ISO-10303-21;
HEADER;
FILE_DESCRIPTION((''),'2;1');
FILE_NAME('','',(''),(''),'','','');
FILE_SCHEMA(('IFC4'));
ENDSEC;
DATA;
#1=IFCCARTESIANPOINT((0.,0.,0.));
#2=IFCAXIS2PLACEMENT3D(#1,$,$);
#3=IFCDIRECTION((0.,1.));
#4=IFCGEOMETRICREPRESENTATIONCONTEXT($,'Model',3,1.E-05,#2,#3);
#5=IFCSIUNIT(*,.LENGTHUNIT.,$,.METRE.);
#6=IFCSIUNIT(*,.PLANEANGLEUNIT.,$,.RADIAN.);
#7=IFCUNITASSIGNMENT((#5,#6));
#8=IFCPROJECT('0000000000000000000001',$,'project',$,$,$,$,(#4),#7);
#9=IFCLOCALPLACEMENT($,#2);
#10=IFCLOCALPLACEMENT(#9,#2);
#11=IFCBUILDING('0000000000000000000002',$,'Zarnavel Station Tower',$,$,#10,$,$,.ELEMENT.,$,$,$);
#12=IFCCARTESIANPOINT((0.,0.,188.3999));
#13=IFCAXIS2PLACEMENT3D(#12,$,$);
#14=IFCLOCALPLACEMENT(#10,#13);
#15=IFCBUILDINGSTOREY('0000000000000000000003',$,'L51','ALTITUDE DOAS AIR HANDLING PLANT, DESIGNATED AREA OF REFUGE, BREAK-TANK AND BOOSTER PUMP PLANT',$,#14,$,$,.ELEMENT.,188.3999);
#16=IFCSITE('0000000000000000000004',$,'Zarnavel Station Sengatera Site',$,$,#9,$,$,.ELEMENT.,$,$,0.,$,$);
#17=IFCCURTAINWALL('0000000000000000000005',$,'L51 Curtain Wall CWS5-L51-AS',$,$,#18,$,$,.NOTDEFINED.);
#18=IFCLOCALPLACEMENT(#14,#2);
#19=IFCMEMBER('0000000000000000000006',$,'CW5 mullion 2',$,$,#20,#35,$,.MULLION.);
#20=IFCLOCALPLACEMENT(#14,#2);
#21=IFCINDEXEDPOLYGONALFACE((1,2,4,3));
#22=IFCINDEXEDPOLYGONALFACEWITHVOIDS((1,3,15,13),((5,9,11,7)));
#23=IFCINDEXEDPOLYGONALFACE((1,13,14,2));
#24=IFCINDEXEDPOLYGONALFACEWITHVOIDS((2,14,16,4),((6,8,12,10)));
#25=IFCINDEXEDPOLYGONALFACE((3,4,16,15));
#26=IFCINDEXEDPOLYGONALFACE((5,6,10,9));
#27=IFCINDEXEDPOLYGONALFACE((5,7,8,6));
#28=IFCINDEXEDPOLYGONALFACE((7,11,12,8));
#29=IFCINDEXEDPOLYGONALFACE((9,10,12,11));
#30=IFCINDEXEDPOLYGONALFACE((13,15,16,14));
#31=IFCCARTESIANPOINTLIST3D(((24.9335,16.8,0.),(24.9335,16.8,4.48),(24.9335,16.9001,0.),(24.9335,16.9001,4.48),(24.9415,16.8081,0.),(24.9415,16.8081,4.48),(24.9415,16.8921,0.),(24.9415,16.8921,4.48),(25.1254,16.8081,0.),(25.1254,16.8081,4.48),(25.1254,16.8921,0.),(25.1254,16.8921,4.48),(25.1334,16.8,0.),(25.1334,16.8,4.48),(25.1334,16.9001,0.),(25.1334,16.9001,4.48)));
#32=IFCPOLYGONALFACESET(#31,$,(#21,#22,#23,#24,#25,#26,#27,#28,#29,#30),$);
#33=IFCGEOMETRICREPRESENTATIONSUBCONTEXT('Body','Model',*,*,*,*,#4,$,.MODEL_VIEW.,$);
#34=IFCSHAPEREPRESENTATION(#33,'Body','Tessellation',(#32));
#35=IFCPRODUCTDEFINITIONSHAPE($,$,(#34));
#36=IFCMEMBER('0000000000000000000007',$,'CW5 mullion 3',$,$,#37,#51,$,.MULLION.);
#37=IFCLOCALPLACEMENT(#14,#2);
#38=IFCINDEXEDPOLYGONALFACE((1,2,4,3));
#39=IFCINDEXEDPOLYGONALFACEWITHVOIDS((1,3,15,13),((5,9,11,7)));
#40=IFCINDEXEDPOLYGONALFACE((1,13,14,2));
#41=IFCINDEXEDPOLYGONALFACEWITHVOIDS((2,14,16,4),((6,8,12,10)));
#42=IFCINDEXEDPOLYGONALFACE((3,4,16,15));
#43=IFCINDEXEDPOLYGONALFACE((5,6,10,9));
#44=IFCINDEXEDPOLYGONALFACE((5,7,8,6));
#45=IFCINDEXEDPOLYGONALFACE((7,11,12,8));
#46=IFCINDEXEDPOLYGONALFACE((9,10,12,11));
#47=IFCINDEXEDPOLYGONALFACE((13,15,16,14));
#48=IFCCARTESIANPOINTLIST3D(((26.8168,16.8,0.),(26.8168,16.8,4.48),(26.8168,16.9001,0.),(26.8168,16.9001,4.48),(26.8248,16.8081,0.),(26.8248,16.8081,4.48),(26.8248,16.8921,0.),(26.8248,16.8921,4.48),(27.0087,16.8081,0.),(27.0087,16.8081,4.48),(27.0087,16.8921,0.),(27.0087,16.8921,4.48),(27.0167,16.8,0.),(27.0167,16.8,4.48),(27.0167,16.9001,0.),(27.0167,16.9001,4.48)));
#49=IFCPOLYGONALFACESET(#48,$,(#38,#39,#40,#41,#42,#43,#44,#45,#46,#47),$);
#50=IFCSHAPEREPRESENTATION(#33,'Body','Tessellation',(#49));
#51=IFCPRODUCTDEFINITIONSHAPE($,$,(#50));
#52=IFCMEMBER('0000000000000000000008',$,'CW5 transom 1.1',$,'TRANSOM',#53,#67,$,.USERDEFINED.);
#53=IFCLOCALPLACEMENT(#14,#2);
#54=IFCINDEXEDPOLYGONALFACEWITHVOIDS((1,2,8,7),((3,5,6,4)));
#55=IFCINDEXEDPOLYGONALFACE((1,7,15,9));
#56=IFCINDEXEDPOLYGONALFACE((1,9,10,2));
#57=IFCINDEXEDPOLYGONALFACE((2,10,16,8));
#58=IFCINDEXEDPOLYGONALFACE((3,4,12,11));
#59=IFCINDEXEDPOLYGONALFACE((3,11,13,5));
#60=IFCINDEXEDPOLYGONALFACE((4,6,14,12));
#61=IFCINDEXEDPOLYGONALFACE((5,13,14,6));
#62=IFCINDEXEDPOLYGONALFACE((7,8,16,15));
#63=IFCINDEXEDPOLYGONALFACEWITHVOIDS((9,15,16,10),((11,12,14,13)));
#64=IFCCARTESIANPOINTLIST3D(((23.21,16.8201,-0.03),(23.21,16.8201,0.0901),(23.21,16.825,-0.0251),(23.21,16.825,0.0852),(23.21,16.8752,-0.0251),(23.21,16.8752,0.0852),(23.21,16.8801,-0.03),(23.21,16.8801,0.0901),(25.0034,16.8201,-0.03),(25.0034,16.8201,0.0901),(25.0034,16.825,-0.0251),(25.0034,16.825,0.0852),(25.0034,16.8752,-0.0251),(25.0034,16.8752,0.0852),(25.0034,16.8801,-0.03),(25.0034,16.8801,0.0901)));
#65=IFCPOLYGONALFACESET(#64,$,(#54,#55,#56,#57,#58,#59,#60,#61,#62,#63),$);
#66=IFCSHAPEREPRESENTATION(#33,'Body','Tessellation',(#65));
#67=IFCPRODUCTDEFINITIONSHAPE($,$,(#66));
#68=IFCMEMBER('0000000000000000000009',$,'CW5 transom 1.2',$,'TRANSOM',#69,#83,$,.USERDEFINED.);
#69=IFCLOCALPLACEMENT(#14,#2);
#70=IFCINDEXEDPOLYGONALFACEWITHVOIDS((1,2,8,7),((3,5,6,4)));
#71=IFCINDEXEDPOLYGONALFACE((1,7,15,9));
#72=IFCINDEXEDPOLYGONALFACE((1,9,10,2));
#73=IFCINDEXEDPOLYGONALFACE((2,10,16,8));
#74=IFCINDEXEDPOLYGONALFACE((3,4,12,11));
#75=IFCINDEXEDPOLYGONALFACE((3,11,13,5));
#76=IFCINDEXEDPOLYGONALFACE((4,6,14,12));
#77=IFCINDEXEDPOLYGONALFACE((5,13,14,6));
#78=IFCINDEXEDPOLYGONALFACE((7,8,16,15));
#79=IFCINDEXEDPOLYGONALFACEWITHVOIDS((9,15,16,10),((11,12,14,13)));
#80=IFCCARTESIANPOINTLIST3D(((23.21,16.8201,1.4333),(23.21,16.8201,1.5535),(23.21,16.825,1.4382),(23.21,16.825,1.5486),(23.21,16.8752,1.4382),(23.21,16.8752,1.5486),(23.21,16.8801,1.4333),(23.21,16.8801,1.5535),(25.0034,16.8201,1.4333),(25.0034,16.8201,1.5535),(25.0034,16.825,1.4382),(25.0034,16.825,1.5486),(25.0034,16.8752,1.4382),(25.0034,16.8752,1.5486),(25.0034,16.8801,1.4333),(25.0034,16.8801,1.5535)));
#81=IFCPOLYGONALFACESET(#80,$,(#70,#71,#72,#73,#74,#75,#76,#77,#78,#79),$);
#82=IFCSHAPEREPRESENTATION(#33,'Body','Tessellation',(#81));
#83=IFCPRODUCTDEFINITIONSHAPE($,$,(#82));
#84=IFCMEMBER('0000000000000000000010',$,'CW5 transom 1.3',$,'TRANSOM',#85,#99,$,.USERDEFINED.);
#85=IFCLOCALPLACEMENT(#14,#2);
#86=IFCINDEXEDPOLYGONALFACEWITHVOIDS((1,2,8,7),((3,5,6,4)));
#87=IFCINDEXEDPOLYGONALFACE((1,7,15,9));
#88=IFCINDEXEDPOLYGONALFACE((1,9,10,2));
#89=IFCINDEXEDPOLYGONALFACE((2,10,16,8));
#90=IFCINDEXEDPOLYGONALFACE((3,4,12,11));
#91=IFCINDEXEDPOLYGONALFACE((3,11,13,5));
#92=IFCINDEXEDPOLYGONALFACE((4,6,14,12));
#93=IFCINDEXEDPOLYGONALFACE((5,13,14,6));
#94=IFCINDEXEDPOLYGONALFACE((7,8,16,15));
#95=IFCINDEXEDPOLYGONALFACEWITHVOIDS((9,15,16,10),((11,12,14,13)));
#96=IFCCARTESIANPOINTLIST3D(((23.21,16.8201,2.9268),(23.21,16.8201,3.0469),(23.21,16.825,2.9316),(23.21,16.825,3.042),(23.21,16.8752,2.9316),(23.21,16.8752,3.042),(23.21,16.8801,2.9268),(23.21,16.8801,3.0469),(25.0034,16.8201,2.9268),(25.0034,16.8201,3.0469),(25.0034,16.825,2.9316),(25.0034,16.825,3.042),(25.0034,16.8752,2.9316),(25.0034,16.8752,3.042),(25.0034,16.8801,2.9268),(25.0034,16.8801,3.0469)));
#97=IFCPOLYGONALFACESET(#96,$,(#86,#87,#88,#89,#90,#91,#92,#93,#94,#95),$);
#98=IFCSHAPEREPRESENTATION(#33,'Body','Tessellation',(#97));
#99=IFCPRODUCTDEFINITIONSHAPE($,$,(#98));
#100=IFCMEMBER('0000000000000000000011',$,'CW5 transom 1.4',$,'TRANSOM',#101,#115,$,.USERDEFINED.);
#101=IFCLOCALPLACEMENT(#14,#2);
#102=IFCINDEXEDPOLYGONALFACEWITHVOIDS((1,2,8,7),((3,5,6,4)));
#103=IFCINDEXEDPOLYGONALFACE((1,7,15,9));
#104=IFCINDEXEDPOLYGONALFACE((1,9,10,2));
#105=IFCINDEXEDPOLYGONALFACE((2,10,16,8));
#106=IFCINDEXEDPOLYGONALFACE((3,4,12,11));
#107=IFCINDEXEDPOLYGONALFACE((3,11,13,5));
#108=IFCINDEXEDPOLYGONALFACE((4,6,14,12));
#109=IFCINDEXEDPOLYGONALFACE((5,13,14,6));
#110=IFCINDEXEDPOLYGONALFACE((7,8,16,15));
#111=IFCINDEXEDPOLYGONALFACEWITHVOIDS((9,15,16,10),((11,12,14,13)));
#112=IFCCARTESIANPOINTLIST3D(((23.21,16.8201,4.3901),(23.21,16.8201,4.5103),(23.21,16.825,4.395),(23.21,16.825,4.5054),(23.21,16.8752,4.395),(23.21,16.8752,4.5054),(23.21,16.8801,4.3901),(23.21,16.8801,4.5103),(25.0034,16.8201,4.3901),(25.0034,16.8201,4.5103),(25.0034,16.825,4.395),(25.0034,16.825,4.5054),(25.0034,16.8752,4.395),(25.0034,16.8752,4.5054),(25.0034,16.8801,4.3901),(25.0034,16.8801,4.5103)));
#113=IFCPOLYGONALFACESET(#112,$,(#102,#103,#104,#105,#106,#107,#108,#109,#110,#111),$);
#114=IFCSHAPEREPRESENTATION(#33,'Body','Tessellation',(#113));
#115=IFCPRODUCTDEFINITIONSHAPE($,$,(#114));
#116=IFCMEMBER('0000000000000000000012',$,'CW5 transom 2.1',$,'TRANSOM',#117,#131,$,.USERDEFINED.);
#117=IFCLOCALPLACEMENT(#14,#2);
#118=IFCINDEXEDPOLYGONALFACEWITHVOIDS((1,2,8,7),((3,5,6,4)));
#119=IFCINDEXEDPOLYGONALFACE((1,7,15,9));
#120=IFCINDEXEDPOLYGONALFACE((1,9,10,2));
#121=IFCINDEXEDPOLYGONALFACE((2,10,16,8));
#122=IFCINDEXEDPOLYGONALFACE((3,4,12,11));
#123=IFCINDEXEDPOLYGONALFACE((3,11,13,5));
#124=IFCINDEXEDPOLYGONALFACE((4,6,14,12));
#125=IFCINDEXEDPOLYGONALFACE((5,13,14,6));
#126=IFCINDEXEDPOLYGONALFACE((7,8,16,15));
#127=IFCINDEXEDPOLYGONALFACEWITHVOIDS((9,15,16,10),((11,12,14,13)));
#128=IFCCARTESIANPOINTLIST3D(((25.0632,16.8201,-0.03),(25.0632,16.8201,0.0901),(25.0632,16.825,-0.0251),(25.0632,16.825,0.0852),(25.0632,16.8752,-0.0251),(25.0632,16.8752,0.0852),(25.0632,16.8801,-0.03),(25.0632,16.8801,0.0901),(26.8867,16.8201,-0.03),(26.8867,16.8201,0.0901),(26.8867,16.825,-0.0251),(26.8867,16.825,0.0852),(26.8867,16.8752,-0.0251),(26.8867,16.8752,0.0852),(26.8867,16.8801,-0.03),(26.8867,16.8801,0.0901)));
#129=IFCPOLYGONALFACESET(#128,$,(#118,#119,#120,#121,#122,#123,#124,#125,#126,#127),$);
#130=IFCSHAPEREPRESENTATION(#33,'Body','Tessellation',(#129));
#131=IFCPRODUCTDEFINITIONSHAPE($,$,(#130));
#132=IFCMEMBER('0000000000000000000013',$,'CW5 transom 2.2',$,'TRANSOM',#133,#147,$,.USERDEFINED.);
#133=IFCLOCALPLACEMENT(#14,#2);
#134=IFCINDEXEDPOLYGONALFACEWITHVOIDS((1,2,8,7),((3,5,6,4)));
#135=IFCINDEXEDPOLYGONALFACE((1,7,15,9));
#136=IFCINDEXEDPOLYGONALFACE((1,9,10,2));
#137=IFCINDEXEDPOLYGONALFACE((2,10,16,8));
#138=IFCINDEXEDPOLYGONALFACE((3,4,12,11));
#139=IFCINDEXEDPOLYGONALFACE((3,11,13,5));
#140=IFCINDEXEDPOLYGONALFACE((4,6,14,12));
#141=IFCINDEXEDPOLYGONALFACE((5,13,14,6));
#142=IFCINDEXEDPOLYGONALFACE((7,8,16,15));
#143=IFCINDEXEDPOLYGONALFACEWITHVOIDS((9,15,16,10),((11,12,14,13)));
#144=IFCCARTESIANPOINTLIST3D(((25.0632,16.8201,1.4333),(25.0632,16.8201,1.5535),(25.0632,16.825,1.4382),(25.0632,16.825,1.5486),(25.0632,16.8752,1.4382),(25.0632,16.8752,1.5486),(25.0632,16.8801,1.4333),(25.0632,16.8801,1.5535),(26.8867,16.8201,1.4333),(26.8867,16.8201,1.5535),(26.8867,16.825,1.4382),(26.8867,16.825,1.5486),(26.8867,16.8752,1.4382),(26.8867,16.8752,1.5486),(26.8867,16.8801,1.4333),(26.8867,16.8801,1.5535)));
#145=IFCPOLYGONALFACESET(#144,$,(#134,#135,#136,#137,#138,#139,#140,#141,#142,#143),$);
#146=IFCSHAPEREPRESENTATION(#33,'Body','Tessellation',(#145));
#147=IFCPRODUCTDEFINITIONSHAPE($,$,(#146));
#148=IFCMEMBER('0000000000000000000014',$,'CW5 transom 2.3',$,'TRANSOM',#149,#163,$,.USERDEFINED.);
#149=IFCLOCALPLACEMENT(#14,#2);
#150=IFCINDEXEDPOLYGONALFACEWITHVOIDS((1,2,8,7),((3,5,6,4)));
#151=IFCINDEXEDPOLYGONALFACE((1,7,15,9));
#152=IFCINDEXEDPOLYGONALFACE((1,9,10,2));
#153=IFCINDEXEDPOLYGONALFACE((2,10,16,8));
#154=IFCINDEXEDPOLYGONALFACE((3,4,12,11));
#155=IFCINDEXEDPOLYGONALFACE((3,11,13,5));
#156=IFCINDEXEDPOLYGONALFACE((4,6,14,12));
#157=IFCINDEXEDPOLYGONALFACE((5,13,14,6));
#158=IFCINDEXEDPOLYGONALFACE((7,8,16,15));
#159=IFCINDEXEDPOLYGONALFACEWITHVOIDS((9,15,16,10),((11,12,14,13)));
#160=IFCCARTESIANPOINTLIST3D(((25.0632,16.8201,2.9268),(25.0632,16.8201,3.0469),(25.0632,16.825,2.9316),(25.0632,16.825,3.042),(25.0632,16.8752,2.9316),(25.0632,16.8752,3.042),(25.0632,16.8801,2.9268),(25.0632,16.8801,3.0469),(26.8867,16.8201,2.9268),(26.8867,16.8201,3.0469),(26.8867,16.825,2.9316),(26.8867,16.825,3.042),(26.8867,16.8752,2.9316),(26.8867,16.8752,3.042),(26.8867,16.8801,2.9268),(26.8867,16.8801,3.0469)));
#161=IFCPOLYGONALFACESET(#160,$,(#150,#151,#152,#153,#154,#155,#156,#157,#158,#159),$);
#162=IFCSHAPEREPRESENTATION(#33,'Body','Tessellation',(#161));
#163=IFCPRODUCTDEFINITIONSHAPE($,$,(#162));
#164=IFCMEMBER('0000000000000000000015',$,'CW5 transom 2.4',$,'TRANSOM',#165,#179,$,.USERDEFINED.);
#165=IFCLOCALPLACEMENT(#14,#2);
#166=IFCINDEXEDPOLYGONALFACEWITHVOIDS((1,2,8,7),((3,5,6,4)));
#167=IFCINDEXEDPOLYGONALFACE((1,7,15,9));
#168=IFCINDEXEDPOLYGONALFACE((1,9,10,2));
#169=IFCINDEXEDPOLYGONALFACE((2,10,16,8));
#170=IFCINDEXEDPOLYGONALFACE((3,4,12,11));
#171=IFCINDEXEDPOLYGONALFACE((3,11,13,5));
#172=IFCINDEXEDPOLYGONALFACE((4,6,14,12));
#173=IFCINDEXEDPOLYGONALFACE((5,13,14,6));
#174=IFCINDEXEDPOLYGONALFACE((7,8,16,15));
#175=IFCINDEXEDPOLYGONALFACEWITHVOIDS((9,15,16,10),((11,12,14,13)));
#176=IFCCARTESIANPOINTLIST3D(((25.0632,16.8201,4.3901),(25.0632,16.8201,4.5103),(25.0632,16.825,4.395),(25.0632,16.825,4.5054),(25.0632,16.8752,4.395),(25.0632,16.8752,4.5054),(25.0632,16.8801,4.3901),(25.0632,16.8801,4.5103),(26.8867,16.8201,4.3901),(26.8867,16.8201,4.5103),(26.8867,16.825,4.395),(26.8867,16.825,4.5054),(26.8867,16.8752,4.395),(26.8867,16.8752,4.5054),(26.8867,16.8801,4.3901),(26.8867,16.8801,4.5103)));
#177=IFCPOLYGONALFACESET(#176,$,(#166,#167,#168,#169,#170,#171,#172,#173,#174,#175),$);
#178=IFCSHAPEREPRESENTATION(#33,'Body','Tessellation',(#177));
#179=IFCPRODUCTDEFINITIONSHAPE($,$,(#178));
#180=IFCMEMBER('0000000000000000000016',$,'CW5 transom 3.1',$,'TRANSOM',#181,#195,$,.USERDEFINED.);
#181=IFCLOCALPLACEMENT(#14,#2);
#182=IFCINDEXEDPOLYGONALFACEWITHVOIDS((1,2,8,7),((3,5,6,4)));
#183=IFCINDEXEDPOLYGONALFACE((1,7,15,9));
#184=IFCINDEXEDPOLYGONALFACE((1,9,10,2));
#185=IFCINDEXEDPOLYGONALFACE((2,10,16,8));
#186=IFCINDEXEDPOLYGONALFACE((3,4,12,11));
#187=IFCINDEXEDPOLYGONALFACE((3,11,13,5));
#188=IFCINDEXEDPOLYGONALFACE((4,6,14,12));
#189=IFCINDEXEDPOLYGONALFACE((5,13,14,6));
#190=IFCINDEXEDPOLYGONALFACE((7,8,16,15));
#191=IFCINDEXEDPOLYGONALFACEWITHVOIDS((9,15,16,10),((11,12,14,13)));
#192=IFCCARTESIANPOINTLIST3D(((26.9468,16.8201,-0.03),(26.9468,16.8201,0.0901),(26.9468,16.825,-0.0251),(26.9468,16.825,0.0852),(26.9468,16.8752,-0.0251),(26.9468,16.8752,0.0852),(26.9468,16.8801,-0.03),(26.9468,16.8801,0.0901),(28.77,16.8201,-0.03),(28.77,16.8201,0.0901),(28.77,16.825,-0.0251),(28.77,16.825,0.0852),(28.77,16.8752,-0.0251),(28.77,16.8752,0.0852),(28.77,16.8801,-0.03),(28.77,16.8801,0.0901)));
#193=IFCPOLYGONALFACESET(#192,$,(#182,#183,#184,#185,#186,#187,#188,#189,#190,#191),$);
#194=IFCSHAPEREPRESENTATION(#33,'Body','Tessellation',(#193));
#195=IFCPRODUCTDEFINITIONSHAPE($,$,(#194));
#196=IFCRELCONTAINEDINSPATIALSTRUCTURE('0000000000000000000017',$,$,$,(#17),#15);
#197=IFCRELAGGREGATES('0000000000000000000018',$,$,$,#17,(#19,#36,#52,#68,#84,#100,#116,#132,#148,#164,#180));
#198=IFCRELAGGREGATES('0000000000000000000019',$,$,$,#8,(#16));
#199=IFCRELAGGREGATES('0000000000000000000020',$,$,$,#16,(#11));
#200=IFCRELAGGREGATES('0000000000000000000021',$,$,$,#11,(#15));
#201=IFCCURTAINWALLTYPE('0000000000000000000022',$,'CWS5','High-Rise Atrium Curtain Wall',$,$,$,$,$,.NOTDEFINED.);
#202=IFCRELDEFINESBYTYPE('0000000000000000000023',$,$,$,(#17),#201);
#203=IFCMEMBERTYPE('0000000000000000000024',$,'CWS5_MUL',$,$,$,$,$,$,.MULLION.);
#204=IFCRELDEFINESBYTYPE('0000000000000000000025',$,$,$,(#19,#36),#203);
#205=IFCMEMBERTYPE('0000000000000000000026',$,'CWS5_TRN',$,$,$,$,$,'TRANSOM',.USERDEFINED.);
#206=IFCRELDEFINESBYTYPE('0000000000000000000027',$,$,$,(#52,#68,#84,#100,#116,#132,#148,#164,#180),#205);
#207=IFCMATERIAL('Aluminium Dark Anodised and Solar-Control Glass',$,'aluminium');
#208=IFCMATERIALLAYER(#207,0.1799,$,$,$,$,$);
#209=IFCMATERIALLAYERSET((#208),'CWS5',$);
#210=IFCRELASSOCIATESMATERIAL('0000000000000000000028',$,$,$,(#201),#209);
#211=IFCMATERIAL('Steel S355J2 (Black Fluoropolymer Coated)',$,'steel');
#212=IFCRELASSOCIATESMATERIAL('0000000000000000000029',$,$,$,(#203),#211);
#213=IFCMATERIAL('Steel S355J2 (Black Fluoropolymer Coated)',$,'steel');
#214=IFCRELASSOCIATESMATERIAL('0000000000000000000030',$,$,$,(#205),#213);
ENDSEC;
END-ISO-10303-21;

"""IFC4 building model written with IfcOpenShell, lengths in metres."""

from ifc_helpers import new_model, si_unit, direction, frame, origin, origin_2d, place, context, subcontext, project, spatial, hollow_rectangle, extrude, material, layer, layer_set, material_profile, profile_set, type_object, element, aggregate, save


model = new_model("IFC4")

# Units and contexts
model_context = context("Model", 3, precision=1e-05, world=origin(), true_north=direction((0.0, 1.0)))
body_context = subcontext(model_context, "Body", "Model", "MODEL_VIEW")
ifc_project = project(units=[si_unit("LENGTHUNIT", "METRE"), si_unit("PLANEANGLEUNIT", "RADIAN")], contexts=[model_context])

# Site, building, storey
site_placement = place(None, origin())
site = spatial("IfcSite", under=ifc_project, at=site_placement, Name="Zarnavel Station Sengatera Site", CompositionType="ELEMENT", RefElevation=0.0)
building_placement = place(site_placement, origin())
building = spatial("IfcBuilding", under=site, at=building_placement, Name="Zarnavel Station Tower", CompositionType="ELEMENT")
storey_placement = place(building_placement, frame((0.0, 0.0, 188.3999)))
storey = spatial("IfcBuildingStorey", under=building, at=storey_placement, Name="L51", Description="ALTITUDE DOAS AIR HANDLING PLANT, DESIGNATED AREA OF REFUGE, BREAK-TANK AND BOOSTER PUMP PLANT", CompositionType="ELEMENT", Elevation=188.3999)

# Curtain wall, members
ifc_material_1 = material(Name="Aluminium Dark Anodised and Solar-Control Glass", Category="aluminium")
ifc_layer_1 = layer(ifc_material_1, 0.1799)
ifc_layer_set_1 = layer_set([ifc_layer_1], Name="CWS5")
curtain_wall_type = type_object("IfcCurtainWallType", Name="CWS5", Description="High-Rise Atrium Curtain Wall", PredefinedType="NOTDEFINED", material=ifc_layer_set_1)
curtain_wall_placement = place(storey_placement, origin())
curtain_wall = element("IfcCurtainWall", 1, at=curtain_wall_placement, inside=storey, type_object=curtain_wall_type, Name="L51 Curtain Wall CWS5-L51-AS", PredefinedType="NOTDEFINED")
ifc_material_2 = material(Name="Steel S355J2 (Black Fluoropolymer Coated)", Category="steel")
ifc_material_profile_1 = material_profile(ifc_material_2, hollow_rectangle(XDim=0.1001, YDim=0.2, WallThickness=0.0081, at=origin_2d()), Name="RHS200x100x8")
ifc_profile_set_1 = profile_set([ifc_material_profile_1], Name="Steel S355J2 (Black Fluoropolymer Coated)")
member_type_1 = type_object("IfcMemberType", Name="CWS5_MUL", PredefinedType="MULLION", material=ifc_profile_set_1)
member_1_placement = place(storey_placement, frame((25.0334, 16.8501, 0.0), z_axis=(0.0, 0.0, 1.0), x_axis=(0.0, 1.0, 0.0)))
member_1 = element("IfcMember", 2, at=member_1_placement, type_object=member_type_1, Name="CW5 mullion 2", PredefinedType="MULLION", context=body_context, shape_type="SweptSolid", body=[
    extrude(hollow_rectangle(XDim=0.1001, YDim=0.2, WallThickness=0.0081, at=origin_2d()), origin(), (0.0, 0.0, 1.0), 4.48),
])
member_2_placement = place(storey_placement, frame((26.9167, 16.8501, 0.0), z_axis=(0.0, 0.0, 1.0), x_axis=(0.0, 1.0, 0.0)))
member_2 = element("IfcMember", 3, at=member_2_placement, type_object=member_type_1, Name="CW5 mullion 3", PredefinedType="MULLION", context=body_context, shape_type="SweptSolid", body=[
    extrude(hollow_rectangle(XDim=0.1001, YDim=0.2, WallThickness=0.0081, at=origin_2d()), origin(), (0.0, 0.0, 1.0), 4.48),
])
ifc_material_3 = material(Name="Steel S355J2 (Black Fluoropolymer Coated)", Category="steel")
ifc_material_profile_2 = material_profile(ifc_material_3, hollow_rectangle(XDim=0.0601, YDim=0.1201, WallThickness=0.0049, at=origin_2d()), Name="RHS120x60x5")
ifc_profile_set_2 = profile_set([ifc_material_profile_2], Name="Steel S355J2 (Black Fluoropolymer Coated)")
member_type_2 = type_object("IfcMemberType", Name="CWS5_TRN", ElementType="TRANSOM", PredefinedType="USERDEFINED", material=ifc_profile_set_2)
member_3_placement = place(storey_placement, frame((23.21, 16.8501, 0.03), z_axis=(1.0, 0.0, 0.0), x_axis=(0.0, 1.0, 0.0)))
member_3 = element("IfcMember", 4, at=member_3_placement, type_object=member_type_2, Name="CW5 transom 1.1", ObjectType="TRANSOM", PredefinedType="USERDEFINED", context=body_context, shape_type="SweptSolid", body=[
    extrude(hollow_rectangle(XDim=0.0601, YDim=0.1201, WallThickness=0.0049, at=origin_2d()), origin(), (0.0, 0.0, 1.0), 1.7935),
])
member_4_placement = place(storey_placement, frame((23.21, 16.8501, 1.4934), z_axis=(1.0, 0.0, 0.0), x_axis=(0.0, 1.0, 0.0)))
member_4 = element("IfcMember", 5, at=member_4_placement, type_object=member_type_2, Name="CW5 transom 1.2", ObjectType="TRANSOM", PredefinedType="USERDEFINED", context=body_context, shape_type="SweptSolid", body=[
    extrude(hollow_rectangle(XDim=0.0601, YDim=0.1201, WallThickness=0.0049, at=origin_2d()), origin(), (0.0, 0.0, 1.0), 1.7935),
])
member_5_placement = place(storey_placement, frame((23.21, 16.8501, 2.9868), z_axis=(1.0, 0.0, 0.0), x_axis=(0.0, 1.0, 0.0)))
member_5 = element("IfcMember", 6, at=member_5_placement, type_object=member_type_2, Name="CW5 transom 1.3", ObjectType="TRANSOM", PredefinedType="USERDEFINED", context=body_context, shape_type="SweptSolid", body=[
    extrude(hollow_rectangle(XDim=0.0601, YDim=0.1201, WallThickness=0.0049, at=origin_2d()), origin(), (0.0, 0.0, 1.0), 1.7935),
])
member_6_placement = place(storey_placement, frame((23.21, 16.8501, 4.4502), z_axis=(1.0, 0.0, 0.0), x_axis=(0.0, 1.0, 0.0)))
member_6 = element("IfcMember", 7, at=member_6_placement, type_object=member_type_2, Name="CW5 transom 1.4", ObjectType="TRANSOM", PredefinedType="USERDEFINED", context=body_context, shape_type="SweptSolid", body=[
    extrude(hollow_rectangle(XDim=0.0601, YDim=0.1201, WallThickness=0.0049, at=origin_2d()), origin(), (0.0, 0.0, 1.0), 1.7935),
])
member_7_placement = place(storey_placement, frame((25.0632, 16.8501, 0.03), z_axis=(1.0, 0.0, 0.0), x_axis=(0.0, 1.0, 0.0)))
member_7 = element("IfcMember", 8, at=member_7_placement, type_object=member_type_2, Name="CW5 transom 2.1", ObjectType="TRANSOM", PredefinedType="USERDEFINED", context=body_context, shape_type="SweptSolid", body=[
    extrude(hollow_rectangle(XDim=0.0601, YDim=0.1201, WallThickness=0.0049, at=origin_2d()), origin(), (0.0, 0.0, 1.0), 1.8235),
])
member_8_placement = place(storey_placement, frame((25.0632, 16.8501, 1.4934), z_axis=(1.0, 0.0, 0.0), x_axis=(0.0, 1.0, 0.0)))
member_8 = element("IfcMember", 9, at=member_8_placement, type_object=member_type_2, Name="CW5 transom 2.2", ObjectType="TRANSOM", PredefinedType="USERDEFINED", context=body_context, shape_type="SweptSolid", body=[
    extrude(hollow_rectangle(XDim=0.0601, YDim=0.1201, WallThickness=0.0049, at=origin_2d()), origin(), (0.0, 0.0, 1.0), 1.8235),
])
member_9_placement = place(storey_placement, frame((25.0632, 16.8501, 2.9868), z_axis=(1.0, 0.0, 0.0), x_axis=(0.0, 1.0, 0.0)))
member_9 = element("IfcMember", 10, at=member_9_placement, type_object=member_type_2, Name="CW5 transom 2.3", ObjectType="TRANSOM", PredefinedType="USERDEFINED", context=body_context, shape_type="SweptSolid", body=[
    extrude(hollow_rectangle(XDim=0.0601, YDim=0.1201, WallThickness=0.0049, at=origin_2d()), origin(), (0.0, 0.0, 1.0), 1.8235),
])
member_10_placement = place(storey_placement, frame((25.0632, 16.8501, 4.4502), z_axis=(1.0, 0.0, 0.0), x_axis=(0.0, 1.0, 0.0)))
member_10 = element("IfcMember", 11, at=member_10_placement, type_object=member_type_2, Name="CW5 transom 2.4", ObjectType="TRANSOM", PredefinedType="USERDEFINED", context=body_context, shape_type="SweptSolid", body=[
    extrude(hollow_rectangle(XDim=0.0601, YDim=0.1201, WallThickness=0.0049, at=origin_2d()), origin(), (0.0, 0.0, 1.0), 1.8235),
])
member_11_placement = place(storey_placement, frame((26.9468, 16.8501, 0.03), z_axis=(1.0, 0.0, 0.0), x_axis=(0.0, 1.0, 0.0)))
member_11 = element("IfcMember", 12, at=member_11_placement, type_object=member_type_2, Name="CW5 transom 3.1", ObjectType="TRANSOM", PredefinedType="USERDEFINED", context=body_context, shape_type="SweptSolid", body=[
    extrude(hollow_rectangle(XDim=0.0601, YDim=0.1201, WallThickness=0.0049, at=origin_2d()), origin(), (0.0, 0.0, 1.0), 1.8232),
])
aggregate(curtain_wall, [member_1, member_2, member_3, member_4, member_5, member_6, member_7, member_8, member_9, member_10, member_11])

save(model, "model.ifc")
